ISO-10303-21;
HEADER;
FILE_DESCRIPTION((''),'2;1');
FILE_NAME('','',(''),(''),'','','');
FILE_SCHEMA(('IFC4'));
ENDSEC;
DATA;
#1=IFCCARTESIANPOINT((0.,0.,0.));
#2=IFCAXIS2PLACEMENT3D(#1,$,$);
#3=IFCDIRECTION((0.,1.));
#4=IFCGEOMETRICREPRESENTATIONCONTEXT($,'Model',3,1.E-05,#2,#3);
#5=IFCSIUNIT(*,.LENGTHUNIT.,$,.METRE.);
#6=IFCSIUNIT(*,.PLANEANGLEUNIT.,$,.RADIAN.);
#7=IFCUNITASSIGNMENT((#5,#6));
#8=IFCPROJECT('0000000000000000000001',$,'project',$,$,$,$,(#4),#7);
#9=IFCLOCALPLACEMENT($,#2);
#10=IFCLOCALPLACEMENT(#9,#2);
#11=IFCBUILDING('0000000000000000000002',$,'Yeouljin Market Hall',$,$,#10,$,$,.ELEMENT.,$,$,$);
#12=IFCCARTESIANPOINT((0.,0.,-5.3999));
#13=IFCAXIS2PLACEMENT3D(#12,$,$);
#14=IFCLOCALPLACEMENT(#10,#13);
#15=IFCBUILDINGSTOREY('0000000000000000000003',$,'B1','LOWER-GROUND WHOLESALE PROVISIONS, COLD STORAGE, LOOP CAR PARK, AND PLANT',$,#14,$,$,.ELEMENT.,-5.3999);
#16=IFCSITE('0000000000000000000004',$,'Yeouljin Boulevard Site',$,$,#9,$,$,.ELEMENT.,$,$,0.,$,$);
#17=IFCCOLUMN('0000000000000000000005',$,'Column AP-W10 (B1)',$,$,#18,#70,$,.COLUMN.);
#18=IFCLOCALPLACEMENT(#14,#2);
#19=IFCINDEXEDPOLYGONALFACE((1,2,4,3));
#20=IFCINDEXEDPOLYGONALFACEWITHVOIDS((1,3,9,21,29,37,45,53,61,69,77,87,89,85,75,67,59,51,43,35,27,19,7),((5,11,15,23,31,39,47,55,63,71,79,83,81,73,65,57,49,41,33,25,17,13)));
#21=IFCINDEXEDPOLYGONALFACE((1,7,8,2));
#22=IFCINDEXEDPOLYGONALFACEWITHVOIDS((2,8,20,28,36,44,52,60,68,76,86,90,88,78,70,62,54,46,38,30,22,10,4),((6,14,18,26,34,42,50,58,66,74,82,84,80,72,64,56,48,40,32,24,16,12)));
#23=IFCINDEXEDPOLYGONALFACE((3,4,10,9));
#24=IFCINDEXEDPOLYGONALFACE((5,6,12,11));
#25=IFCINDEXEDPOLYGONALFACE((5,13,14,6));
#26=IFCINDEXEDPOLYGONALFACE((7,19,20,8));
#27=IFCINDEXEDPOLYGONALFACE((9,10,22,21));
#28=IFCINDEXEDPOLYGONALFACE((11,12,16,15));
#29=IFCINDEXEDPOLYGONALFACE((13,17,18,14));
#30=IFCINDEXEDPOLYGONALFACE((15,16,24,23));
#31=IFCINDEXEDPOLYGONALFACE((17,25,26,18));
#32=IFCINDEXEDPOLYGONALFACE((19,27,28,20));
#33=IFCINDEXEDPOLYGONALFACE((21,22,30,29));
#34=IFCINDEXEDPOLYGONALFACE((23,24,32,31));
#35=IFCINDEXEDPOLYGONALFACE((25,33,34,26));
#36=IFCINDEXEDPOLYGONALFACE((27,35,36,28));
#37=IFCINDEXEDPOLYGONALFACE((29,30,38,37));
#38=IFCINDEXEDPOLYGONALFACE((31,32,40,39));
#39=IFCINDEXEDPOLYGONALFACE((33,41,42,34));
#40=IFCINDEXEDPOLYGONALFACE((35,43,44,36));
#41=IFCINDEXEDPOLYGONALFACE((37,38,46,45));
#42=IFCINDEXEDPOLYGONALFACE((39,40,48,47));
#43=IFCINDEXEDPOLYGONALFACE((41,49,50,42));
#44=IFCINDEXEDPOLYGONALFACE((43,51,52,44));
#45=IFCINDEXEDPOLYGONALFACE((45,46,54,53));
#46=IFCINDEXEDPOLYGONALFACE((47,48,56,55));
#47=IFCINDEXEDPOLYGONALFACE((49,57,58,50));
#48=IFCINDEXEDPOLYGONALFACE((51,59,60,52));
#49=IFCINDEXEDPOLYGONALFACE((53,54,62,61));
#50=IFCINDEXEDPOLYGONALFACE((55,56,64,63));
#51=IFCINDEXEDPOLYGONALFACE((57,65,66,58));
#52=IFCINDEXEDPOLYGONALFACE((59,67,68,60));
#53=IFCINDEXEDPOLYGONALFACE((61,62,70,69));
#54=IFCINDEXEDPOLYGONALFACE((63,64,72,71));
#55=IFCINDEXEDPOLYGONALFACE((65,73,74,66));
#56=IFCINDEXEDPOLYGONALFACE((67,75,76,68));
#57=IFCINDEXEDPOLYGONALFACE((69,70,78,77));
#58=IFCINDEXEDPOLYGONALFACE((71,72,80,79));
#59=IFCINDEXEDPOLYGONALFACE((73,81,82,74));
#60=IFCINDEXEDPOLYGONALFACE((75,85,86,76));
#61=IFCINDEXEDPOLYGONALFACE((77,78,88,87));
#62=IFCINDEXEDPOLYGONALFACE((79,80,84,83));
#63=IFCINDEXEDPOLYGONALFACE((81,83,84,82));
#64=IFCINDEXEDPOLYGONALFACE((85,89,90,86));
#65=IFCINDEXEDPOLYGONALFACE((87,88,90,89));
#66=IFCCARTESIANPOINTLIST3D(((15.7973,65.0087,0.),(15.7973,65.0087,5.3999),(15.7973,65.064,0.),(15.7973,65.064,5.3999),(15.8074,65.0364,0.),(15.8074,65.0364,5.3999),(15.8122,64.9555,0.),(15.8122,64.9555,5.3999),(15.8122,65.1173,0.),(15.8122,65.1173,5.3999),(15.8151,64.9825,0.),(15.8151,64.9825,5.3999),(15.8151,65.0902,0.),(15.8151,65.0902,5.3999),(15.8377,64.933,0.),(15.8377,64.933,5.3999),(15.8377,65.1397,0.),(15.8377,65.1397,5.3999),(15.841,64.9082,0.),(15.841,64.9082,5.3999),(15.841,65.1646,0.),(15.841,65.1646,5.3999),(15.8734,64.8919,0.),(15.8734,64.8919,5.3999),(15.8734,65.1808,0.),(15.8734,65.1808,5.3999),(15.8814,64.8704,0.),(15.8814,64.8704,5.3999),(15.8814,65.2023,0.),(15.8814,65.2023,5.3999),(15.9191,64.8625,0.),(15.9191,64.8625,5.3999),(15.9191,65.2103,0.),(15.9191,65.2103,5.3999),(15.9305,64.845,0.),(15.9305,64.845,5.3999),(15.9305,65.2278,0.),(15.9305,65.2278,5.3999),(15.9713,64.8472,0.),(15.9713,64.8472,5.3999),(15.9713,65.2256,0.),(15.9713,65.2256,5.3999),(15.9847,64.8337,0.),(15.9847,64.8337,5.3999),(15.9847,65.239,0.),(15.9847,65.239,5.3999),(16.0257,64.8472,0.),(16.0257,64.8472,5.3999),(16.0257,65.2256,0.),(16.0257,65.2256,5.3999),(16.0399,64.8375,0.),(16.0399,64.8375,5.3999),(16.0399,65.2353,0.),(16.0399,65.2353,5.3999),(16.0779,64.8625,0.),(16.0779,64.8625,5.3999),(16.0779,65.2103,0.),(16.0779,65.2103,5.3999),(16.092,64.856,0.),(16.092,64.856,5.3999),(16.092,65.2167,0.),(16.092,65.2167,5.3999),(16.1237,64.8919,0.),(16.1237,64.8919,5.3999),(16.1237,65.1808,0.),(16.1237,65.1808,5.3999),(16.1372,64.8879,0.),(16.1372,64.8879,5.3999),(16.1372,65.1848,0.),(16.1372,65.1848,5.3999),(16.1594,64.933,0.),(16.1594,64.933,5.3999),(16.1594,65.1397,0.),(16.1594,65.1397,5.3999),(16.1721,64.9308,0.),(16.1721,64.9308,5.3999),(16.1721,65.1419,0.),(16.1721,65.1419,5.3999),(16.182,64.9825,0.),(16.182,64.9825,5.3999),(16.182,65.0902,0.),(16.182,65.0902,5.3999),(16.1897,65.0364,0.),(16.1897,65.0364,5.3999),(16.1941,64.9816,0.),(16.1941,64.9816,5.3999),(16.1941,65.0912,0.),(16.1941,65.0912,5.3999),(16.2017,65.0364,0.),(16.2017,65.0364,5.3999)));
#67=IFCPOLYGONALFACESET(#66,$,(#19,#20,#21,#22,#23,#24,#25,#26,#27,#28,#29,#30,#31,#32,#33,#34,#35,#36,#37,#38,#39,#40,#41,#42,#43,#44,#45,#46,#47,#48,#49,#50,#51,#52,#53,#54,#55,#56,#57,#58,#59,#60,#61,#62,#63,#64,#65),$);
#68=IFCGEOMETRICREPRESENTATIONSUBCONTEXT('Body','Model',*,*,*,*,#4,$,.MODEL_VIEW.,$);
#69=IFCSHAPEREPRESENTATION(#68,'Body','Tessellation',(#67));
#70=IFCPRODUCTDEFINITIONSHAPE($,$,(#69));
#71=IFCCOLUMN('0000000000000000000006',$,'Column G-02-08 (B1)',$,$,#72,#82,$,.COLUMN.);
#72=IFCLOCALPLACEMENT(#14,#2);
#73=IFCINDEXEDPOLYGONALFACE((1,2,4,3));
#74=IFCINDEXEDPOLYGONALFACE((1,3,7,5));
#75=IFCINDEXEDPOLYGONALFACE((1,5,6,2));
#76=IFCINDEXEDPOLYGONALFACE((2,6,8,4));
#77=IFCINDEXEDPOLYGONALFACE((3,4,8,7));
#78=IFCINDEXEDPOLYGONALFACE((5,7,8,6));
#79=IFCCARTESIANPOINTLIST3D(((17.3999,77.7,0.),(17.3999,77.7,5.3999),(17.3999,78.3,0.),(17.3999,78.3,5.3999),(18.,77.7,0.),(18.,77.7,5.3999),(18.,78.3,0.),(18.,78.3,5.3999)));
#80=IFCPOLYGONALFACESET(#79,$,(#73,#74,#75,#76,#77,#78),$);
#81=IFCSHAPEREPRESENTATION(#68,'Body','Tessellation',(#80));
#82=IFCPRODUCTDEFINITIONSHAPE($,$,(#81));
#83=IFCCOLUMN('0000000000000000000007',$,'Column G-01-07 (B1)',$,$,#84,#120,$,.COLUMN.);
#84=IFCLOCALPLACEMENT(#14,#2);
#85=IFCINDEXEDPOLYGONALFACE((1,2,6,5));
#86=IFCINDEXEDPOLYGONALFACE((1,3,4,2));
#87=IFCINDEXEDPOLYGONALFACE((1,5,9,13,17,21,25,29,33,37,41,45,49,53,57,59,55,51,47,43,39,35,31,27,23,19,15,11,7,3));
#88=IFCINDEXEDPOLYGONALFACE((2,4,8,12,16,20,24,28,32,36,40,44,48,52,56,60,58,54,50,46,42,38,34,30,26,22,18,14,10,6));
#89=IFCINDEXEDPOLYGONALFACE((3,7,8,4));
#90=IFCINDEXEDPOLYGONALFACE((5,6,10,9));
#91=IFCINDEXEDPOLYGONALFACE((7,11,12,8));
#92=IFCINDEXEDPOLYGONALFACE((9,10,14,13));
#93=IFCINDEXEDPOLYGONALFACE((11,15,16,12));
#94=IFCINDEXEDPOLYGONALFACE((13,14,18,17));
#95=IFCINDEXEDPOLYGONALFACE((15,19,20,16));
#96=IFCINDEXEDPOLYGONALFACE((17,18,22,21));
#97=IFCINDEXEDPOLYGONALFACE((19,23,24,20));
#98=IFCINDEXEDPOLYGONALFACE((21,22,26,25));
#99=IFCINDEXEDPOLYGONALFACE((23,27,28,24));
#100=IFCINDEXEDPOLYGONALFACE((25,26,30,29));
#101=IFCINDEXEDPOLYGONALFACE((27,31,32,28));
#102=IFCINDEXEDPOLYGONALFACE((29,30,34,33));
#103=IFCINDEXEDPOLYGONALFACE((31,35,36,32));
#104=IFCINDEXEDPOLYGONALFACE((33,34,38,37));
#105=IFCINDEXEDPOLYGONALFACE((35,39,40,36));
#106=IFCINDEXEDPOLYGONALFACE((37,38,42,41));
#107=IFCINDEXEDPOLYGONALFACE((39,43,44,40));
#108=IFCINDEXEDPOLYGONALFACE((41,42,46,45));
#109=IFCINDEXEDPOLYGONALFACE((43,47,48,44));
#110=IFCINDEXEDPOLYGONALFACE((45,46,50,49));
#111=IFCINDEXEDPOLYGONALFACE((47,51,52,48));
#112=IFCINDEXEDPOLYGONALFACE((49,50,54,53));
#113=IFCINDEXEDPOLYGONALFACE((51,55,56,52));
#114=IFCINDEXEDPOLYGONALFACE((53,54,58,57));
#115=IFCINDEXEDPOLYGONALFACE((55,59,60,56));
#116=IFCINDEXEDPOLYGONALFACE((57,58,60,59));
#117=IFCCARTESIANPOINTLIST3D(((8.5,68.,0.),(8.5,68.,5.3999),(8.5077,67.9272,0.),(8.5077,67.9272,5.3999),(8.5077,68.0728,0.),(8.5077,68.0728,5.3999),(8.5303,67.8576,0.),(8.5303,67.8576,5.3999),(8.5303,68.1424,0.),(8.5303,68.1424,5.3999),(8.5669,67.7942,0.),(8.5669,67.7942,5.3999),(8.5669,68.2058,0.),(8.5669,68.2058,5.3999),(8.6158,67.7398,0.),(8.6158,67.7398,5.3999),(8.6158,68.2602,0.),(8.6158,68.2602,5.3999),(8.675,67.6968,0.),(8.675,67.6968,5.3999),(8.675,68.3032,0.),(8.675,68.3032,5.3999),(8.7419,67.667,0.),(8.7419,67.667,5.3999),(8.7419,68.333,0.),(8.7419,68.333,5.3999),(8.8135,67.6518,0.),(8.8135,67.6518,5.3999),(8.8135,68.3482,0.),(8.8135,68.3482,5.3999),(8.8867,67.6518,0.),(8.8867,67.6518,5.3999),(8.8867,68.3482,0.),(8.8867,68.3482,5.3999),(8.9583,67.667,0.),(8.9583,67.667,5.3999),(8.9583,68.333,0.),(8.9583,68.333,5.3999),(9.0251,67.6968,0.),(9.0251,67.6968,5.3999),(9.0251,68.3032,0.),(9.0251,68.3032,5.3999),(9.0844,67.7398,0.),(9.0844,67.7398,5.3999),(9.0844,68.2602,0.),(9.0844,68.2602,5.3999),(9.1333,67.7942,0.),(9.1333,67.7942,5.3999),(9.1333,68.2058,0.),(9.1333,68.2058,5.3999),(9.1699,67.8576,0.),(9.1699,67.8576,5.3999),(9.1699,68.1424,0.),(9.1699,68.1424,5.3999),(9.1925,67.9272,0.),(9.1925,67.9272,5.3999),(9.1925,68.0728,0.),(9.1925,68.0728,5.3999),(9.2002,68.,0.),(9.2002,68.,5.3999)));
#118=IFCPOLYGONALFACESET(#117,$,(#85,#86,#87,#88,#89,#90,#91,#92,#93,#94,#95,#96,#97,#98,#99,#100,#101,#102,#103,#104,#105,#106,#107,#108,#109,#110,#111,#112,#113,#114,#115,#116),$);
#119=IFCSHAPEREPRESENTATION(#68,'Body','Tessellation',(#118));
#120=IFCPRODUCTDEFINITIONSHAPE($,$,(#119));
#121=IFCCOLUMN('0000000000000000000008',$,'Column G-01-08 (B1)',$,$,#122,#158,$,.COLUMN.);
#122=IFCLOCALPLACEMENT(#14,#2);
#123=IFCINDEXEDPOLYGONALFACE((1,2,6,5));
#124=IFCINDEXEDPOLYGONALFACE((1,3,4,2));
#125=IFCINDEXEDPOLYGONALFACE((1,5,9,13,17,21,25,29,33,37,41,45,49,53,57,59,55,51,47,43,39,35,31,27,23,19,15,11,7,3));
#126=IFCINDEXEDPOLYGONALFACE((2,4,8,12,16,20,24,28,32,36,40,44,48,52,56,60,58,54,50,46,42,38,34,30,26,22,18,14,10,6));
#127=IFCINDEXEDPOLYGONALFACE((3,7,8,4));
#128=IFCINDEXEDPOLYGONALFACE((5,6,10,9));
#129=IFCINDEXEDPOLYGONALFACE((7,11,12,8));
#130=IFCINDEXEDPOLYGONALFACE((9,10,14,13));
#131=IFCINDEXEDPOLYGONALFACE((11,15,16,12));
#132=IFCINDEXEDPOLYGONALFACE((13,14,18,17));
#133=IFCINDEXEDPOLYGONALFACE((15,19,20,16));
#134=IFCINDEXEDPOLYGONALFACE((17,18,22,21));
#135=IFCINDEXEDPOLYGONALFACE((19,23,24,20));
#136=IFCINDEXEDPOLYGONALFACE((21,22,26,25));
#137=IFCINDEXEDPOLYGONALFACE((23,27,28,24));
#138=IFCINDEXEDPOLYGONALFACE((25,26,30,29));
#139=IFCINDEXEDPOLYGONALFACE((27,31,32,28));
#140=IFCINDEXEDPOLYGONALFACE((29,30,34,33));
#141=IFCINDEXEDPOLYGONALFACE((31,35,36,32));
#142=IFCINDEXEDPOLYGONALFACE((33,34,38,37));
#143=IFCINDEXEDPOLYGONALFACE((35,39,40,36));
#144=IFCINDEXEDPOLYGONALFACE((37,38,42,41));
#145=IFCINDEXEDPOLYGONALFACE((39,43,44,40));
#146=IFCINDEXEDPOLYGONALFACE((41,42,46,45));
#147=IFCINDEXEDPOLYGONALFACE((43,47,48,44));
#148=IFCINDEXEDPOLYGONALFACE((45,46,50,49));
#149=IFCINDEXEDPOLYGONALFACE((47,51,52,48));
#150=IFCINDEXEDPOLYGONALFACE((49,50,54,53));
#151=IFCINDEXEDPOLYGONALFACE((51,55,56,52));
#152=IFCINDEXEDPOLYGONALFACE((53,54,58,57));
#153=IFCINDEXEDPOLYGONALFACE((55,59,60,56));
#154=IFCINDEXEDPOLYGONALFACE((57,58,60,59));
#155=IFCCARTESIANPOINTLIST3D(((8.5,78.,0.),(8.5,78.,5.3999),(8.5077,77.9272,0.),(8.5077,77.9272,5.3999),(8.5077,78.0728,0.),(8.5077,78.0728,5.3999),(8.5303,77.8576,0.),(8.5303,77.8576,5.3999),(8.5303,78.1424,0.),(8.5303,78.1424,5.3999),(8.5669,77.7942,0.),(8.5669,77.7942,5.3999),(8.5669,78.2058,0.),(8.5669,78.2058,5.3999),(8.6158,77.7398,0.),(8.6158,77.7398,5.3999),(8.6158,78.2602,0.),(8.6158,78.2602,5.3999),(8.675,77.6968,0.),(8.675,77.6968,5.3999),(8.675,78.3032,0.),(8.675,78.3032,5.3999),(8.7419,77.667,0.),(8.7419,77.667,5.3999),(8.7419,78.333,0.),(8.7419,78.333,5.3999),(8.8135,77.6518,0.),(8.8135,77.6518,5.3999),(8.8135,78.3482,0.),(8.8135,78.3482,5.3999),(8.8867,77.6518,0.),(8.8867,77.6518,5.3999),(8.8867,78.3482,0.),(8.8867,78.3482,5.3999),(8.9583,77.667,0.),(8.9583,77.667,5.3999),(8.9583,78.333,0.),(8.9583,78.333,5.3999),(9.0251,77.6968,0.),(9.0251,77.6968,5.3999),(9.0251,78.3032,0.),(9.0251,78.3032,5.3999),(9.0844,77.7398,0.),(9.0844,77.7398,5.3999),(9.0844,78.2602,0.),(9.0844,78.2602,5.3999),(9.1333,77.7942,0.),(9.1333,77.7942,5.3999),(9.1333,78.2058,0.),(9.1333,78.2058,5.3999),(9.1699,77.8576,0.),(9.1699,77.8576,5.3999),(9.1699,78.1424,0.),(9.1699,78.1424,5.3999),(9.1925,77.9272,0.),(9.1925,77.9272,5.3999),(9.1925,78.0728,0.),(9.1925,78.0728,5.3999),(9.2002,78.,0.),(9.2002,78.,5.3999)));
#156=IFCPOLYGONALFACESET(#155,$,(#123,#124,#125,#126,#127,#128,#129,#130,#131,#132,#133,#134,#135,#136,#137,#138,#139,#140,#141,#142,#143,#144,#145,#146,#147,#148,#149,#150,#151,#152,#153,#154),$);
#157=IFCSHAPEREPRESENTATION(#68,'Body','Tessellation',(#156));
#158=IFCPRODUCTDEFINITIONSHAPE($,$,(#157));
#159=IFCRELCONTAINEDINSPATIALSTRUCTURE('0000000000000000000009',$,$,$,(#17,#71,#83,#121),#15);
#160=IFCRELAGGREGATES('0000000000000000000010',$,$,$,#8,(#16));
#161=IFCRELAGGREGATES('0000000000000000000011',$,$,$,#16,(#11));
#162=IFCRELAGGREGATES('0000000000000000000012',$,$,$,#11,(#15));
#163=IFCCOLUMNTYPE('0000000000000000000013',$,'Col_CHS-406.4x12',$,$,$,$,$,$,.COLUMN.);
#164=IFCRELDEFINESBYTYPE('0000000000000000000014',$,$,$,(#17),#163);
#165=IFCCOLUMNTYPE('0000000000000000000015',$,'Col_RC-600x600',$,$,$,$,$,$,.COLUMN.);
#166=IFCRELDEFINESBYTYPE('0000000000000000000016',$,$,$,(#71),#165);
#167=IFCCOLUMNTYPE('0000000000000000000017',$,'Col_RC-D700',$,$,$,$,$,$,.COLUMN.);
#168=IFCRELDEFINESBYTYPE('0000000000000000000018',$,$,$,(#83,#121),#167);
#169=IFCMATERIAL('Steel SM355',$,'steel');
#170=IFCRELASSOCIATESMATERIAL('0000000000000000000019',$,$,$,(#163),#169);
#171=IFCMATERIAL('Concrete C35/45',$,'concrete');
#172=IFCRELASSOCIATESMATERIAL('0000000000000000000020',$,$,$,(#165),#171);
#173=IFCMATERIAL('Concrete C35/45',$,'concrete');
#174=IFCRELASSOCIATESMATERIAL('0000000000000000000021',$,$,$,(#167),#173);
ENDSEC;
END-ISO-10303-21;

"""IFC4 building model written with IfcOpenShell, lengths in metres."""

from ifc_helpers import new_model, si_unit, direction, frame, origin, origin_2d, place, context, subcontext, project, spatial, rectangle, circle, hollow_circle, extrude, material, material_profile, profile_set, type_object, element, save


model = new_model("IFC4")

# Units and contexts
model_context = context("Model", 3, precision=1e-05, world=origin(), true_north=direction((0.0, 1.0)))
body_context = subcontext(model_context, "Body", "Model", "MODEL_VIEW")
ifc_project = project(units=[si_unit("LENGTHUNIT", "METRE"), si_unit("PLANEANGLEUNIT", "RADIAN")], contexts=[model_context])

# Site, building, storey
site_placement = place(None, origin())
site = spatial("IfcSite", under=ifc_project, at=site_placement, Name="Yeouljin Boulevard Site", CompositionType="ELEMENT", RefElevation=0.0)
building_placement = place(site_placement, origin())
building = spatial("IfcBuilding", under=site, at=building_placement, Name="Yeouljin Market Hall", CompositionType="ELEMENT")
storey_placement = place(building_placement, frame((0.0, 0.0, -5.3999)))
storey = spatial("IfcBuildingStorey", under=building, at=storey_placement, Name="B1", Description="LOWER-GROUND WHOLESALE PROVISIONS, COLD STORAGE, LOOP CAR PARK, AND PLANT", CompositionType="ELEMENT", Elevation=-5.3999)

# Columns
ifc_material_1 = material(Name="Steel SM355", Category="steel")
ifc_material_profile_1 = material_profile(ifc_material_1, hollow_circle(Radius=0.2031, WallThickness=0.012, at=origin_2d()), Name="CHS-406.4x12")
ifc_profile_set_1 = profile_set([ifc_material_profile_1], Name="Steel SM355")
column_type_1 = type_object("IfcColumnType", Name="Col_CHS-406.4x12", PredefinedType="COLUMN", material=ifc_profile_set_1)
column_1_placement = place(storey_placement, frame((15.9985, 65.0364, 0.0), z_axis=(0.0, 0.0, 1.0), x_axis=(1.0, 0.0, 0.0)))
element("IfcColumn", 1, at=column_1_placement, inside=storey, type_object=column_type_1, Name="Column AP-W10 (B1)", PredefinedType="COLUMN", context=body_context, shape_type="SweptSolid", body=[
    extrude(hollow_circle(Radius=0.2031, WallThickness=0.012, at=origin_2d()), origin(), (0.0, 0.0, 1.0), 5.3999),
])
ifc_material_2 = material(Name="Concrete C35/45", Category="concrete")
ifc_material_profile_2 = material_profile(ifc_material_2, rectangle(XDim=0.6001, YDim=0.6001, at=origin_2d()), Name="RC-600x600")
ifc_profile_set_2 = profile_set([ifc_material_profile_2], Name="Concrete C35/45")
column_type_2 = type_object("IfcColumnType", Name="Col_RC-600x600", PredefinedType="COLUMN", material=ifc_profile_set_2)
column_2_placement = place(storey_placement, frame((17.7, 78.0, 0.0), z_axis=(0.0, 0.0, 1.0), x_axis=(1.0, 0.0, 0.0)))
element("IfcColumn", 2, at=column_2_placement, inside=storey, type_object=column_type_2, Name="Column G-02-08 (B1)", PredefinedType="COLUMN", context=body_context, shape_type="SweptSolid", body=[
    extrude(rectangle(XDim=0.6001, YDim=0.6001, at=origin_2d()), origin(), (0.0, 0.0, 1.0), 5.3999),
])
ifc_material_3 = material(Name="Concrete C35/45", Category="concrete")
ifc_material_profile_3 = material_profile(ifc_material_3, circle(Radius=0.3501, at=origin_2d()), Name="RC-D700")
ifc_profile_set_3 = profile_set([ifc_material_profile_3], Name="Concrete C35/45")
column_type_3 = type_object("IfcColumnType", Name="Col_RC-D700", PredefinedType="COLUMN", material=ifc_profile_set_3)
for number, where, z_axis, x_axis, name in (
    (3, (8.8501, 68.0, 0.0), (0.0, 0.0, 1.0), (1.0, 0.0, 0.0), "Column G-01-07 (B1)"),
    (4, (8.8501, 78.0, 0.0), (0.0, 0.0, 1.0), (1.0, 0.0, 0.0), "Column G-01-08 (B1)"),
):
    element("IfcColumn", number, at=place(storey_placement, frame(where, z_axis=z_axis, x_axis=x_axis)), inside=storey, type_object=column_type_3, Name=name, PredefinedType="COLUMN", context=body_context, shape_type="SweptSolid", body=[
        extrude(circle(Radius=0.3501, at=origin_2d()), origin(), (0.0, 0.0, 1.0), 5.3999),
    ])

save(model, "model.ifc")
